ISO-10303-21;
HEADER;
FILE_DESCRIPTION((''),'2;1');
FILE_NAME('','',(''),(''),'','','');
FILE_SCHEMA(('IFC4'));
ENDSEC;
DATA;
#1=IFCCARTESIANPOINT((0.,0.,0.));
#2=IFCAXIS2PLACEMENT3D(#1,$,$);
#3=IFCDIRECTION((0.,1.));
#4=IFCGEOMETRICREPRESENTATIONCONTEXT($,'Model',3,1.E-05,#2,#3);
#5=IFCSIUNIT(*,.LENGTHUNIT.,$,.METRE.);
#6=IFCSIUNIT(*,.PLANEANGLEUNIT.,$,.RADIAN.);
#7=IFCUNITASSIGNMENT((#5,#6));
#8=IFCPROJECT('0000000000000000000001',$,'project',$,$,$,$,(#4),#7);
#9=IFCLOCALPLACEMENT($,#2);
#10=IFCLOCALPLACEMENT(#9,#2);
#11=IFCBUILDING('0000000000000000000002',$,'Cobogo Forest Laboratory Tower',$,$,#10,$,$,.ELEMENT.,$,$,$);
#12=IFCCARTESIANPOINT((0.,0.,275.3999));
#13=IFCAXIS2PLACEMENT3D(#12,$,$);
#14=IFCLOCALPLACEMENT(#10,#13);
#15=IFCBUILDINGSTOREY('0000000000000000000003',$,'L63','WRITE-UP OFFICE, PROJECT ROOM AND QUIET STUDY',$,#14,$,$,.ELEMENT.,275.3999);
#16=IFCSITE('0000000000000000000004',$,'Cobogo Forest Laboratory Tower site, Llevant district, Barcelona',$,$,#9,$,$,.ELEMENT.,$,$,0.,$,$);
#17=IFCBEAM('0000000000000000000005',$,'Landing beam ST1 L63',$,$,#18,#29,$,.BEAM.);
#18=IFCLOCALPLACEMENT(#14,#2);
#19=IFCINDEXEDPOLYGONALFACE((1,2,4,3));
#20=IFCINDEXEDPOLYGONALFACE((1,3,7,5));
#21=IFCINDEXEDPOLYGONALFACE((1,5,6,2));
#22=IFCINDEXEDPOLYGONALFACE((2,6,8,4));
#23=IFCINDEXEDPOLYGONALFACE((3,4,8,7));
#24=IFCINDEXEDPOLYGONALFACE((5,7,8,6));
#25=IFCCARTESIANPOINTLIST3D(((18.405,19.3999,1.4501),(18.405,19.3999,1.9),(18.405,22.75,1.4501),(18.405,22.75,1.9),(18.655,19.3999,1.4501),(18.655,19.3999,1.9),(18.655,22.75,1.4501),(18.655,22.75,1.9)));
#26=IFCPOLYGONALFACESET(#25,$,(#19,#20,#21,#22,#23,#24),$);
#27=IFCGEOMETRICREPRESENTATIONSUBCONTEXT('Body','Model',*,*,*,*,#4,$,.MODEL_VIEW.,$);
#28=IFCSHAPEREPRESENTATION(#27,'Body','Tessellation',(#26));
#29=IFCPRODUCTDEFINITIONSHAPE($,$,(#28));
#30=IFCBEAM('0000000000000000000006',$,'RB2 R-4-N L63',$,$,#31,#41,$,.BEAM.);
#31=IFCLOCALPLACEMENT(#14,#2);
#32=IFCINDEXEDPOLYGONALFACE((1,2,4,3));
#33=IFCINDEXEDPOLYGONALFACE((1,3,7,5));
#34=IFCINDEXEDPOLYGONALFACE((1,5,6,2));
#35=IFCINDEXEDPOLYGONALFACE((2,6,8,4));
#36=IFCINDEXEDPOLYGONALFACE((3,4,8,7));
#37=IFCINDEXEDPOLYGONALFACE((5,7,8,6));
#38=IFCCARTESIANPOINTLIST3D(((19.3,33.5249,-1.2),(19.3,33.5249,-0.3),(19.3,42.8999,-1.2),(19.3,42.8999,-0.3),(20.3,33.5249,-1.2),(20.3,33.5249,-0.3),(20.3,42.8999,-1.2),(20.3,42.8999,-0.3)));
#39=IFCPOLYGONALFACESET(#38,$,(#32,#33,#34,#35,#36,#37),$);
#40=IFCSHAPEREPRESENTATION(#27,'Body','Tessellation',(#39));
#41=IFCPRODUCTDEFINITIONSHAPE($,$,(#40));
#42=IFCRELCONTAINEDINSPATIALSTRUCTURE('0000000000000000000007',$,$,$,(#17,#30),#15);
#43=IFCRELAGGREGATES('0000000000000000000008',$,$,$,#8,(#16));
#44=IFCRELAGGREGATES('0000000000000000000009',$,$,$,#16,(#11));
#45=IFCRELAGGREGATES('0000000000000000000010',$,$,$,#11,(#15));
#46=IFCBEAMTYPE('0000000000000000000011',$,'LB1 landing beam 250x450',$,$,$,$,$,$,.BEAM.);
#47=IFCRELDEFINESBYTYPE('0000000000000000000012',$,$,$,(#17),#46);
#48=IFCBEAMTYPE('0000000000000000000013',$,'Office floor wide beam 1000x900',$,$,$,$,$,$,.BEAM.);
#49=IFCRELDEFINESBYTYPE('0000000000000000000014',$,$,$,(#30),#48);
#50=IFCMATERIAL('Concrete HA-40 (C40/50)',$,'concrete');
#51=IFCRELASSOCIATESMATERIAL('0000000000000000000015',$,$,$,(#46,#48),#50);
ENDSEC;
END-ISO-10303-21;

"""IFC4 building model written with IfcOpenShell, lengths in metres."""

from ifc_helpers import new_model, si_unit, direction, frame, origin, origin_2d, place, context, subcontext, project, spatial, rectangle, extrude, material, material_profile, profile_set, type_object, element, save


model = new_model("IFC4")

# Units and contexts
model_context = context("Model", 3, precision=1e-05, world=origin(), true_north=direction((0.0, 1.0)))
body_context = subcontext(model_context, "Body", "Model", "MODEL_VIEW")
ifc_project = project(units=[si_unit("LENGTHUNIT", "METRE"), si_unit("PLANEANGLEUNIT", "RADIAN")], contexts=[model_context])

# Site, building, storey
site_placement = place(None, origin())
site = spatial("IfcSite", under=ifc_project, at=site_placement, Name="Cobogo Forest Laboratory Tower site, Llevant district, Barcelona", CompositionType="ELEMENT", RefElevation=0.0)
building_placement = place(site_placement, origin())
building = spatial("IfcBuilding", under=site, at=building_placement, Name="Cobogo Forest Laboratory Tower", CompositionType="ELEMENT")
storey_placement = place(building_placement, frame((0.0, 0.0, 275.3999)))
storey = spatial("IfcBuildingStorey", under=building, at=storey_placement, Name="L63", Description="WRITE-UP OFFICE, PROJECT ROOM AND QUIET STUDY", CompositionType="ELEMENT", Elevation=275.3999)

# Beams
ifc_material_1 = material(Name="Concrete HA-40 (C40/50)", Category="concrete")
ifc_material_profile_1 = material_profile(ifc_material_1, rectangle(XDim=0.25, YDim=0.45, at=origin_2d()), Name="RC 250x450")
ifc_profile_set_1 = profile_set([ifc_material_profile_1], Name="Concrete HA-40 (C40/50)")
beam_type_1 = type_object("IfcBeamType", Name="LB1 landing beam 250x450", PredefinedType="BEAM", material=ifc_profile_set_1)
beam_1_placement = place(storey_placement, frame((18.53, 19.3999, 1.675), z_axis=(0.0, 1.0, 0.0), x_axis=(-1.0, 0.0, 0.0)))
element("IfcBeam", 1, at=beam_1_placement, inside=storey, type_object=beam_type_1, Name="Landing beam ST1 L63", PredefinedType="BEAM", context=body_context, shape_type="SweptSolid", body=[
    extrude(rectangle(XDim=0.25, YDim=0.45, at=origin_2d()), origin(), (0.0, 0.0, 1.0), 3.3501),
])
ifc_material_profile_2 = material_profile(ifc_material_1, rectangle(XDim=1.0, YDim=0.8999, at=origin_2d()), Name="RC 1000x900")
ifc_profile_set_2 = profile_set([ifc_material_profile_2], Name="Concrete HA-40 (C40/50)")
beam_type_2 = type_object("IfcBeamType", Name="Office floor wide beam 1000x900", PredefinedType="BEAM", material=ifc_profile_set_2)
beam_2_placement = place(storey_placement, frame((19.8, 33.5249, -0.75), z_axis=(0.0, 1.0, 0.0), x_axis=(-1.0, 0.0, 0.0)))
element("IfcBeam", 2, at=beam_2_placement, inside=storey, type_object=beam_type_2, Name="RB2 R-4-N L63", PredefinedType="BEAM", context=body_context, shape_type="SweptSolid", body=[
    extrude(rectangle(XDim=1.0, YDim=0.8999, at=origin_2d()), origin(), (0.0, 0.0, 1.0), 9.375),
])

save(model, "model.ifc")
